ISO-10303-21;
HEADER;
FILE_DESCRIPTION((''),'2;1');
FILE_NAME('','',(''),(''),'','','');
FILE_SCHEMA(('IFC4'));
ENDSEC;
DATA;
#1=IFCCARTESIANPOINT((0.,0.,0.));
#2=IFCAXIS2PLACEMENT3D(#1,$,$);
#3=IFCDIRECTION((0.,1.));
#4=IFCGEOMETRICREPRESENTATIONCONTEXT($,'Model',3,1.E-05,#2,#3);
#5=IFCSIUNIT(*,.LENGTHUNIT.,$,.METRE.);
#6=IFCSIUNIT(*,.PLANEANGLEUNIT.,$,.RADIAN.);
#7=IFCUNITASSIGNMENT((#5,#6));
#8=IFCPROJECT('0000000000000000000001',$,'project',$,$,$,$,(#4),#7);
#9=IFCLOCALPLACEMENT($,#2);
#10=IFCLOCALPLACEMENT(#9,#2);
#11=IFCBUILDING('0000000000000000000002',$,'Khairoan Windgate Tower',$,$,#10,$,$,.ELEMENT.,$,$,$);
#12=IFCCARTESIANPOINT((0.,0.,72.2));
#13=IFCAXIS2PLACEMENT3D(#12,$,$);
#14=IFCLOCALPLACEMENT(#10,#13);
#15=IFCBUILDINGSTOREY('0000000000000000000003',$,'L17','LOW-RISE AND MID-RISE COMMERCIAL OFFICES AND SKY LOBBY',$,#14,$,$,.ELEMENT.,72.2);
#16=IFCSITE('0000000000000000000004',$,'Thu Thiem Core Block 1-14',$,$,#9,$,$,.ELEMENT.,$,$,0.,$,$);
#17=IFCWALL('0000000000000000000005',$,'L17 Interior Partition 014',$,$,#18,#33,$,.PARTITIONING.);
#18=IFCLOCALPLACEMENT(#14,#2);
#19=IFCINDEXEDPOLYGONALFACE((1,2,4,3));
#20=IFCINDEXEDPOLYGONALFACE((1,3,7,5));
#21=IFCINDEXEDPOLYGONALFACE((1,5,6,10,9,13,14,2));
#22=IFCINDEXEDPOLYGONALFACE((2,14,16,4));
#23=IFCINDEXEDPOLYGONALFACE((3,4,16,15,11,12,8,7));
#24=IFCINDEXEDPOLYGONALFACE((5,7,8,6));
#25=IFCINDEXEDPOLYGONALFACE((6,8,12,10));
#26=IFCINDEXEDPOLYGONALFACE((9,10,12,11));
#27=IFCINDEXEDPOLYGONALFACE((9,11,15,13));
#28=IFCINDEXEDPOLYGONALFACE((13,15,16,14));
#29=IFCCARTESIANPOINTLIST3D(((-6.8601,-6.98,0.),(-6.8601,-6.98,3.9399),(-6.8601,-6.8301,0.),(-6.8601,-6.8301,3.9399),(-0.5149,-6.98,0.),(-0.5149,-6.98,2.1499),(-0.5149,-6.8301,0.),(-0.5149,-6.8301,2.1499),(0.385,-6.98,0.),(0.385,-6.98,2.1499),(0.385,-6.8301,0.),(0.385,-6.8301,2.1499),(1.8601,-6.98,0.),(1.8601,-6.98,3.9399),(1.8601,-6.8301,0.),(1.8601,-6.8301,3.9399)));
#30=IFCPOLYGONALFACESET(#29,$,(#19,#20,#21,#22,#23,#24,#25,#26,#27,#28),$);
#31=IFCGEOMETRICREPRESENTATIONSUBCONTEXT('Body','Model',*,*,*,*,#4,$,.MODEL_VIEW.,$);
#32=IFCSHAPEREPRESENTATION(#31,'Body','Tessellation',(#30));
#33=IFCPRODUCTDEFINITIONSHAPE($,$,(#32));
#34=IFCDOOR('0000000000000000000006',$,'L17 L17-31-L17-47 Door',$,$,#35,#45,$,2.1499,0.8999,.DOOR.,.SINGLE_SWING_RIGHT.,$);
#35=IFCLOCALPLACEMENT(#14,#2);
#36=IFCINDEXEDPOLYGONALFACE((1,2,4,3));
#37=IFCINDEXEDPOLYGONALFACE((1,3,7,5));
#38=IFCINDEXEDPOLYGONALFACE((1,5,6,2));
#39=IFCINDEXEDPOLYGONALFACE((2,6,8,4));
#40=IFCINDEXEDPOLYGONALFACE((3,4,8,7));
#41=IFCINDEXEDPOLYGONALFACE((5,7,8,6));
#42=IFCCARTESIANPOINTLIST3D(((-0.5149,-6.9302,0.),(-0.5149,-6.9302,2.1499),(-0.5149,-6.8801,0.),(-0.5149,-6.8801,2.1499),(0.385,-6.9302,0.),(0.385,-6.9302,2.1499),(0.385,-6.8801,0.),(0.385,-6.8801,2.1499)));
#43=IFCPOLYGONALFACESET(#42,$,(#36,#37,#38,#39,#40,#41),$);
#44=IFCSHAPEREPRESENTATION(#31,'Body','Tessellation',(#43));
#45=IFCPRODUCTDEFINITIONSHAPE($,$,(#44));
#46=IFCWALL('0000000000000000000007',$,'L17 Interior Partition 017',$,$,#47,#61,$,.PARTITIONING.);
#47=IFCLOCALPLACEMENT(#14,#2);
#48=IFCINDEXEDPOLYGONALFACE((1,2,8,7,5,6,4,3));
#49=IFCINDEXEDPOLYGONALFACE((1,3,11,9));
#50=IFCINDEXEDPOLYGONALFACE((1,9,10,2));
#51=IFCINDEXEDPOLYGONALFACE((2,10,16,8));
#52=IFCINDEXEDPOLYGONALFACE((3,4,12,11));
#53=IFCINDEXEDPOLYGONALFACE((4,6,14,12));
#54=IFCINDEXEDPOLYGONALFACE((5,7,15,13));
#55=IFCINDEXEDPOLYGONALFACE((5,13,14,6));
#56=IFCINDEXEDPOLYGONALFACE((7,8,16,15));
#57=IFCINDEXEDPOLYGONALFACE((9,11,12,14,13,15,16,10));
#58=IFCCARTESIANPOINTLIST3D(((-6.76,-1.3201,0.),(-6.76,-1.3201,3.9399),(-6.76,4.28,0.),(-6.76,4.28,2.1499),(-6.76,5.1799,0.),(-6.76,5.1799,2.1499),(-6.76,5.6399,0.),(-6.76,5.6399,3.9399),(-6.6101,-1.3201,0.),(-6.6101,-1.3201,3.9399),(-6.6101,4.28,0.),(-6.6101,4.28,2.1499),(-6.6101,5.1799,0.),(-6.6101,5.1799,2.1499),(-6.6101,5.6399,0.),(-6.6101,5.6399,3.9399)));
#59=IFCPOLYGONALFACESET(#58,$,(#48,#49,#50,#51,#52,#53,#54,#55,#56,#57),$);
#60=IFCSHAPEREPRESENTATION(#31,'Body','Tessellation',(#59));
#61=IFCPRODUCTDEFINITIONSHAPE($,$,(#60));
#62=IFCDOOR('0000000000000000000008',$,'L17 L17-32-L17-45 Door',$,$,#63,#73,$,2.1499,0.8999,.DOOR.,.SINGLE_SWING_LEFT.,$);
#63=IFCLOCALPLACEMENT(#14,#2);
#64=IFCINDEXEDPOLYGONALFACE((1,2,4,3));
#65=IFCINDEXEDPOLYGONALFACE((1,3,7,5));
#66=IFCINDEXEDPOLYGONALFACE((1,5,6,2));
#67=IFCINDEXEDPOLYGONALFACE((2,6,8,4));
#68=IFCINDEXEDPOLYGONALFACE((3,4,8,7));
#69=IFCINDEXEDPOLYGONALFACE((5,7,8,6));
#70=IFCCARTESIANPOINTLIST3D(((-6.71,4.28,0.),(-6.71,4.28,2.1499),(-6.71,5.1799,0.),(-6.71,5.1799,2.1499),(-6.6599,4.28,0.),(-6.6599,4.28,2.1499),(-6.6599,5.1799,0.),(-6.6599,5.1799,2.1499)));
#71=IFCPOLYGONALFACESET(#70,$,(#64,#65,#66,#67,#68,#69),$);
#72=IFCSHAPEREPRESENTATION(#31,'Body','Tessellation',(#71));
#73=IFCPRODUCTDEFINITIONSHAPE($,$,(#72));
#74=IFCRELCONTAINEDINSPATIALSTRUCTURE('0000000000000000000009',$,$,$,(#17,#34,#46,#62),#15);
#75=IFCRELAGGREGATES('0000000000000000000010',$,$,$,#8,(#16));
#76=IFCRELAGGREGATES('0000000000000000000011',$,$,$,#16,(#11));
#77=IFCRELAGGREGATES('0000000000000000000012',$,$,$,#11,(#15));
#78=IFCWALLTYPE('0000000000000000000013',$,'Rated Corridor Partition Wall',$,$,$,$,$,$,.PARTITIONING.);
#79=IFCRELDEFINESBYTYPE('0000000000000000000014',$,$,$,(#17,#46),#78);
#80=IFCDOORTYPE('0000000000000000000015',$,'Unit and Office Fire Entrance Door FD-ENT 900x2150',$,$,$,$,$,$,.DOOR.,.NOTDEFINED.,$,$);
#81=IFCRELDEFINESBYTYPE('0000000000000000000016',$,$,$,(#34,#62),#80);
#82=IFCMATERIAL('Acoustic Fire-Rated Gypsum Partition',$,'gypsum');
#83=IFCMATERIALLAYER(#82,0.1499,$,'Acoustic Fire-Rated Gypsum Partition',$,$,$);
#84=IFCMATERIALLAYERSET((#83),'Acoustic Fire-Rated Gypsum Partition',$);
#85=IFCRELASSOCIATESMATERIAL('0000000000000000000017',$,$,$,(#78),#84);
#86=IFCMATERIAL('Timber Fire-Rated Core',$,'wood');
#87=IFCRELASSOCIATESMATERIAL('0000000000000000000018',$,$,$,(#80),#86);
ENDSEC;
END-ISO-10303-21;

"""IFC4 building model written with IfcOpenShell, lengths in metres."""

from ifc_helpers import new_model, si_unit, direction, frame, frame_2d, origin, place, context, subcontext, project, spatial, rectangle, extrude, material, layer, layer_set, type_object, element, fill, save


model = new_model("IFC4")

# Units and contexts
model_context = context("Model", 3, precision=1e-05, world=origin(), true_north=direction((0.0, 1.0)))
body_context = subcontext(model_context, "Body", "Model", "MODEL_VIEW")
ifc_project = project(units=[si_unit("LENGTHUNIT", "METRE"), si_unit("PLANEANGLEUNIT", "RADIAN")], contexts=[model_context])

# Site, building, storey
site_placement = place(None, origin())
site = spatial("IfcSite", under=ifc_project, at=site_placement, Name="Thu Thiem Core Block 1-14", CompositionType="ELEMENT", RefElevation=0.0)
building_placement = place(site_placement, origin())
building = spatial("IfcBuilding", under=site, at=building_placement, Name="Khairoan Windgate Tower", CompositionType="ELEMENT")
storey_placement = place(building_placement, frame((0.0, 0.0, 72.2)))
storey = spatial("IfcBuildingStorey", under=building, at=storey_placement, Name="L17", Description="LOW-RISE AND MID-RISE COMMERCIAL OFFICES AND SKY LOBBY", CompositionType="ELEMENT", Elevation=72.2)

# Walls, openings, doors
ifc_material_1 = material(Name="Acoustic Fire-Rated Gypsum Partition", Category="gypsum")
ifc_layer_1 = layer(ifc_material_1, 0.1499, Name="Acoustic Fire-Rated Gypsum Partition")
ifc_layer_set_1 = layer_set([ifc_layer_1], Name="Acoustic Fire-Rated Gypsum Partition")
wall_type_1 = type_object("IfcWallType", Name="Rated Corridor Partition Wall", PredefinedType="PARTITIONING", material=ifc_layer_set_1)
ifc_material_2 = material(Name="Timber Fire-Rated Core", Category="wood")
door_type = type_object("IfcDoorType", Name="Unit and Office Fire Entrance Door FD-ENT 900x2150", OperationType="NOTDEFINED", PredefinedType="DOOR", material=ifc_material_2)
wall_1_placement = place(storey_placement, frame((-6.8601, -6.905, 0.0), z_axis=(0.0, 0.0, 1.0), x_axis=(1.0, 0.0, 0.0)))
wall_1 = element("IfcWall", 1, at=wall_1_placement, inside=storey, type_object=wall_type_1, Name="L17 Interior Partition 014", PredefinedType="PARTITIONING", context=body_context, shape_type="SweptSolid", body=[
    extrude(rectangle(XDim=8.7202, YDim=0.1499, at=frame_2d((4.3601, 0.0))), origin(), (0.0, 0.0, 1.0), 3.9399),
])
opening_1_placement = place(wall_1_placement, frame((6.3452, 0.0, 0.0)))
opening_1 = element("IfcOpeningElement", 2, at=opening_1_placement, cuts=wall_1, PredefinedType="OPENING", context=body_context, shape_type="SweptSolid", body=[
    extrude(rectangle(XDim=0.8999, YDim=2.1499, at=frame_2d((0.45, 1.075))), frame((0.0, 0.085, 0.0), z_axis=(0.0, -1.0, 0.0), x_axis=(1.0, 0.0, 0.0)), (0.0, 0.0, 1.0), 0.1699),
])
door_1_placement = place(opening_1_placement, origin())
door_1 = element("IfcDoor", 3, at=door_1_placement, inside=storey, type_object=door_type, Name="L17 L17-31-L17-47 Door", OperationType="SINGLE_SWING_RIGHT", OverallHeight=2.1499, OverallWidth=0.8999, PredefinedType="DOOR", context=body_context, shape_type="SweptSolid", body=[
    extrude(rectangle(XDim=0.8999, YDim=2.1499, at=frame_2d((0.45, 1.075))), frame((0.0, 0.0249, 0.0), z_axis=(0.0, -1.0, 0.0), x_axis=(1.0, 0.0, 0.0)), (0.0, 0.0, 1.0), 0.05),
])
fill(opening_1, door_1)
wall_2_placement = place(storey_placement, frame((-6.6851, -1.3201, 0.0), z_axis=(0.0, 0.0, 1.0), x_axis=(0.0, 1.0, 0.0)))
wall_2 = element("IfcWall", 4, at=wall_2_placement, inside=storey, type_object=wall_type_1, Name="L17 Interior Partition 017", PredefinedType="PARTITIONING", context=body_context, shape_type="SweptSolid", body=[
    extrude(rectangle(XDim=6.96, YDim=0.1499, at=frame_2d((3.48, 0.0))), origin(), (0.0, 0.0, 1.0), 3.9399),
])
opening_2_placement = place(wall_2_placement, frame((5.6001, 0.0, 0.0)))
opening_2 = element("IfcOpeningElement", 5, at=opening_2_placement, cuts=wall_2, PredefinedType="OPENING", context=body_context, shape_type="SweptSolid", body=[
    extrude(rectangle(XDim=0.8999, YDim=2.1499, at=frame_2d((0.45, 1.075))), frame((0.0, 0.085, 0.0), z_axis=(0.0, -1.0, 0.0), x_axis=(1.0, 0.0, 0.0)), (0.0, 0.0, 1.0), 0.1699),
])
door_2_placement = place(opening_2_placement, origin())
door_2 = element("IfcDoor", 6, at=door_2_placement, inside=storey, type_object=door_type, Name="L17 L17-32-L17-45 Door", OperationType="SINGLE_SWING_LEFT", OverallHeight=2.1499, OverallWidth=0.8999, PredefinedType="DOOR", context=body_context, shape_type="SweptSolid", body=[
    extrude(rectangle(XDim=0.8999, YDim=2.1499, at=frame_2d((0.45, 1.075))), frame((0.0, 0.0249, 0.0), z_axis=(0.0, -1.0, 0.0), x_axis=(1.0, 0.0, 0.0)), (0.0, 0.0, 1.0), 0.05),
])
fill(opening_2, door_2)

save(model, "model.ifc")
